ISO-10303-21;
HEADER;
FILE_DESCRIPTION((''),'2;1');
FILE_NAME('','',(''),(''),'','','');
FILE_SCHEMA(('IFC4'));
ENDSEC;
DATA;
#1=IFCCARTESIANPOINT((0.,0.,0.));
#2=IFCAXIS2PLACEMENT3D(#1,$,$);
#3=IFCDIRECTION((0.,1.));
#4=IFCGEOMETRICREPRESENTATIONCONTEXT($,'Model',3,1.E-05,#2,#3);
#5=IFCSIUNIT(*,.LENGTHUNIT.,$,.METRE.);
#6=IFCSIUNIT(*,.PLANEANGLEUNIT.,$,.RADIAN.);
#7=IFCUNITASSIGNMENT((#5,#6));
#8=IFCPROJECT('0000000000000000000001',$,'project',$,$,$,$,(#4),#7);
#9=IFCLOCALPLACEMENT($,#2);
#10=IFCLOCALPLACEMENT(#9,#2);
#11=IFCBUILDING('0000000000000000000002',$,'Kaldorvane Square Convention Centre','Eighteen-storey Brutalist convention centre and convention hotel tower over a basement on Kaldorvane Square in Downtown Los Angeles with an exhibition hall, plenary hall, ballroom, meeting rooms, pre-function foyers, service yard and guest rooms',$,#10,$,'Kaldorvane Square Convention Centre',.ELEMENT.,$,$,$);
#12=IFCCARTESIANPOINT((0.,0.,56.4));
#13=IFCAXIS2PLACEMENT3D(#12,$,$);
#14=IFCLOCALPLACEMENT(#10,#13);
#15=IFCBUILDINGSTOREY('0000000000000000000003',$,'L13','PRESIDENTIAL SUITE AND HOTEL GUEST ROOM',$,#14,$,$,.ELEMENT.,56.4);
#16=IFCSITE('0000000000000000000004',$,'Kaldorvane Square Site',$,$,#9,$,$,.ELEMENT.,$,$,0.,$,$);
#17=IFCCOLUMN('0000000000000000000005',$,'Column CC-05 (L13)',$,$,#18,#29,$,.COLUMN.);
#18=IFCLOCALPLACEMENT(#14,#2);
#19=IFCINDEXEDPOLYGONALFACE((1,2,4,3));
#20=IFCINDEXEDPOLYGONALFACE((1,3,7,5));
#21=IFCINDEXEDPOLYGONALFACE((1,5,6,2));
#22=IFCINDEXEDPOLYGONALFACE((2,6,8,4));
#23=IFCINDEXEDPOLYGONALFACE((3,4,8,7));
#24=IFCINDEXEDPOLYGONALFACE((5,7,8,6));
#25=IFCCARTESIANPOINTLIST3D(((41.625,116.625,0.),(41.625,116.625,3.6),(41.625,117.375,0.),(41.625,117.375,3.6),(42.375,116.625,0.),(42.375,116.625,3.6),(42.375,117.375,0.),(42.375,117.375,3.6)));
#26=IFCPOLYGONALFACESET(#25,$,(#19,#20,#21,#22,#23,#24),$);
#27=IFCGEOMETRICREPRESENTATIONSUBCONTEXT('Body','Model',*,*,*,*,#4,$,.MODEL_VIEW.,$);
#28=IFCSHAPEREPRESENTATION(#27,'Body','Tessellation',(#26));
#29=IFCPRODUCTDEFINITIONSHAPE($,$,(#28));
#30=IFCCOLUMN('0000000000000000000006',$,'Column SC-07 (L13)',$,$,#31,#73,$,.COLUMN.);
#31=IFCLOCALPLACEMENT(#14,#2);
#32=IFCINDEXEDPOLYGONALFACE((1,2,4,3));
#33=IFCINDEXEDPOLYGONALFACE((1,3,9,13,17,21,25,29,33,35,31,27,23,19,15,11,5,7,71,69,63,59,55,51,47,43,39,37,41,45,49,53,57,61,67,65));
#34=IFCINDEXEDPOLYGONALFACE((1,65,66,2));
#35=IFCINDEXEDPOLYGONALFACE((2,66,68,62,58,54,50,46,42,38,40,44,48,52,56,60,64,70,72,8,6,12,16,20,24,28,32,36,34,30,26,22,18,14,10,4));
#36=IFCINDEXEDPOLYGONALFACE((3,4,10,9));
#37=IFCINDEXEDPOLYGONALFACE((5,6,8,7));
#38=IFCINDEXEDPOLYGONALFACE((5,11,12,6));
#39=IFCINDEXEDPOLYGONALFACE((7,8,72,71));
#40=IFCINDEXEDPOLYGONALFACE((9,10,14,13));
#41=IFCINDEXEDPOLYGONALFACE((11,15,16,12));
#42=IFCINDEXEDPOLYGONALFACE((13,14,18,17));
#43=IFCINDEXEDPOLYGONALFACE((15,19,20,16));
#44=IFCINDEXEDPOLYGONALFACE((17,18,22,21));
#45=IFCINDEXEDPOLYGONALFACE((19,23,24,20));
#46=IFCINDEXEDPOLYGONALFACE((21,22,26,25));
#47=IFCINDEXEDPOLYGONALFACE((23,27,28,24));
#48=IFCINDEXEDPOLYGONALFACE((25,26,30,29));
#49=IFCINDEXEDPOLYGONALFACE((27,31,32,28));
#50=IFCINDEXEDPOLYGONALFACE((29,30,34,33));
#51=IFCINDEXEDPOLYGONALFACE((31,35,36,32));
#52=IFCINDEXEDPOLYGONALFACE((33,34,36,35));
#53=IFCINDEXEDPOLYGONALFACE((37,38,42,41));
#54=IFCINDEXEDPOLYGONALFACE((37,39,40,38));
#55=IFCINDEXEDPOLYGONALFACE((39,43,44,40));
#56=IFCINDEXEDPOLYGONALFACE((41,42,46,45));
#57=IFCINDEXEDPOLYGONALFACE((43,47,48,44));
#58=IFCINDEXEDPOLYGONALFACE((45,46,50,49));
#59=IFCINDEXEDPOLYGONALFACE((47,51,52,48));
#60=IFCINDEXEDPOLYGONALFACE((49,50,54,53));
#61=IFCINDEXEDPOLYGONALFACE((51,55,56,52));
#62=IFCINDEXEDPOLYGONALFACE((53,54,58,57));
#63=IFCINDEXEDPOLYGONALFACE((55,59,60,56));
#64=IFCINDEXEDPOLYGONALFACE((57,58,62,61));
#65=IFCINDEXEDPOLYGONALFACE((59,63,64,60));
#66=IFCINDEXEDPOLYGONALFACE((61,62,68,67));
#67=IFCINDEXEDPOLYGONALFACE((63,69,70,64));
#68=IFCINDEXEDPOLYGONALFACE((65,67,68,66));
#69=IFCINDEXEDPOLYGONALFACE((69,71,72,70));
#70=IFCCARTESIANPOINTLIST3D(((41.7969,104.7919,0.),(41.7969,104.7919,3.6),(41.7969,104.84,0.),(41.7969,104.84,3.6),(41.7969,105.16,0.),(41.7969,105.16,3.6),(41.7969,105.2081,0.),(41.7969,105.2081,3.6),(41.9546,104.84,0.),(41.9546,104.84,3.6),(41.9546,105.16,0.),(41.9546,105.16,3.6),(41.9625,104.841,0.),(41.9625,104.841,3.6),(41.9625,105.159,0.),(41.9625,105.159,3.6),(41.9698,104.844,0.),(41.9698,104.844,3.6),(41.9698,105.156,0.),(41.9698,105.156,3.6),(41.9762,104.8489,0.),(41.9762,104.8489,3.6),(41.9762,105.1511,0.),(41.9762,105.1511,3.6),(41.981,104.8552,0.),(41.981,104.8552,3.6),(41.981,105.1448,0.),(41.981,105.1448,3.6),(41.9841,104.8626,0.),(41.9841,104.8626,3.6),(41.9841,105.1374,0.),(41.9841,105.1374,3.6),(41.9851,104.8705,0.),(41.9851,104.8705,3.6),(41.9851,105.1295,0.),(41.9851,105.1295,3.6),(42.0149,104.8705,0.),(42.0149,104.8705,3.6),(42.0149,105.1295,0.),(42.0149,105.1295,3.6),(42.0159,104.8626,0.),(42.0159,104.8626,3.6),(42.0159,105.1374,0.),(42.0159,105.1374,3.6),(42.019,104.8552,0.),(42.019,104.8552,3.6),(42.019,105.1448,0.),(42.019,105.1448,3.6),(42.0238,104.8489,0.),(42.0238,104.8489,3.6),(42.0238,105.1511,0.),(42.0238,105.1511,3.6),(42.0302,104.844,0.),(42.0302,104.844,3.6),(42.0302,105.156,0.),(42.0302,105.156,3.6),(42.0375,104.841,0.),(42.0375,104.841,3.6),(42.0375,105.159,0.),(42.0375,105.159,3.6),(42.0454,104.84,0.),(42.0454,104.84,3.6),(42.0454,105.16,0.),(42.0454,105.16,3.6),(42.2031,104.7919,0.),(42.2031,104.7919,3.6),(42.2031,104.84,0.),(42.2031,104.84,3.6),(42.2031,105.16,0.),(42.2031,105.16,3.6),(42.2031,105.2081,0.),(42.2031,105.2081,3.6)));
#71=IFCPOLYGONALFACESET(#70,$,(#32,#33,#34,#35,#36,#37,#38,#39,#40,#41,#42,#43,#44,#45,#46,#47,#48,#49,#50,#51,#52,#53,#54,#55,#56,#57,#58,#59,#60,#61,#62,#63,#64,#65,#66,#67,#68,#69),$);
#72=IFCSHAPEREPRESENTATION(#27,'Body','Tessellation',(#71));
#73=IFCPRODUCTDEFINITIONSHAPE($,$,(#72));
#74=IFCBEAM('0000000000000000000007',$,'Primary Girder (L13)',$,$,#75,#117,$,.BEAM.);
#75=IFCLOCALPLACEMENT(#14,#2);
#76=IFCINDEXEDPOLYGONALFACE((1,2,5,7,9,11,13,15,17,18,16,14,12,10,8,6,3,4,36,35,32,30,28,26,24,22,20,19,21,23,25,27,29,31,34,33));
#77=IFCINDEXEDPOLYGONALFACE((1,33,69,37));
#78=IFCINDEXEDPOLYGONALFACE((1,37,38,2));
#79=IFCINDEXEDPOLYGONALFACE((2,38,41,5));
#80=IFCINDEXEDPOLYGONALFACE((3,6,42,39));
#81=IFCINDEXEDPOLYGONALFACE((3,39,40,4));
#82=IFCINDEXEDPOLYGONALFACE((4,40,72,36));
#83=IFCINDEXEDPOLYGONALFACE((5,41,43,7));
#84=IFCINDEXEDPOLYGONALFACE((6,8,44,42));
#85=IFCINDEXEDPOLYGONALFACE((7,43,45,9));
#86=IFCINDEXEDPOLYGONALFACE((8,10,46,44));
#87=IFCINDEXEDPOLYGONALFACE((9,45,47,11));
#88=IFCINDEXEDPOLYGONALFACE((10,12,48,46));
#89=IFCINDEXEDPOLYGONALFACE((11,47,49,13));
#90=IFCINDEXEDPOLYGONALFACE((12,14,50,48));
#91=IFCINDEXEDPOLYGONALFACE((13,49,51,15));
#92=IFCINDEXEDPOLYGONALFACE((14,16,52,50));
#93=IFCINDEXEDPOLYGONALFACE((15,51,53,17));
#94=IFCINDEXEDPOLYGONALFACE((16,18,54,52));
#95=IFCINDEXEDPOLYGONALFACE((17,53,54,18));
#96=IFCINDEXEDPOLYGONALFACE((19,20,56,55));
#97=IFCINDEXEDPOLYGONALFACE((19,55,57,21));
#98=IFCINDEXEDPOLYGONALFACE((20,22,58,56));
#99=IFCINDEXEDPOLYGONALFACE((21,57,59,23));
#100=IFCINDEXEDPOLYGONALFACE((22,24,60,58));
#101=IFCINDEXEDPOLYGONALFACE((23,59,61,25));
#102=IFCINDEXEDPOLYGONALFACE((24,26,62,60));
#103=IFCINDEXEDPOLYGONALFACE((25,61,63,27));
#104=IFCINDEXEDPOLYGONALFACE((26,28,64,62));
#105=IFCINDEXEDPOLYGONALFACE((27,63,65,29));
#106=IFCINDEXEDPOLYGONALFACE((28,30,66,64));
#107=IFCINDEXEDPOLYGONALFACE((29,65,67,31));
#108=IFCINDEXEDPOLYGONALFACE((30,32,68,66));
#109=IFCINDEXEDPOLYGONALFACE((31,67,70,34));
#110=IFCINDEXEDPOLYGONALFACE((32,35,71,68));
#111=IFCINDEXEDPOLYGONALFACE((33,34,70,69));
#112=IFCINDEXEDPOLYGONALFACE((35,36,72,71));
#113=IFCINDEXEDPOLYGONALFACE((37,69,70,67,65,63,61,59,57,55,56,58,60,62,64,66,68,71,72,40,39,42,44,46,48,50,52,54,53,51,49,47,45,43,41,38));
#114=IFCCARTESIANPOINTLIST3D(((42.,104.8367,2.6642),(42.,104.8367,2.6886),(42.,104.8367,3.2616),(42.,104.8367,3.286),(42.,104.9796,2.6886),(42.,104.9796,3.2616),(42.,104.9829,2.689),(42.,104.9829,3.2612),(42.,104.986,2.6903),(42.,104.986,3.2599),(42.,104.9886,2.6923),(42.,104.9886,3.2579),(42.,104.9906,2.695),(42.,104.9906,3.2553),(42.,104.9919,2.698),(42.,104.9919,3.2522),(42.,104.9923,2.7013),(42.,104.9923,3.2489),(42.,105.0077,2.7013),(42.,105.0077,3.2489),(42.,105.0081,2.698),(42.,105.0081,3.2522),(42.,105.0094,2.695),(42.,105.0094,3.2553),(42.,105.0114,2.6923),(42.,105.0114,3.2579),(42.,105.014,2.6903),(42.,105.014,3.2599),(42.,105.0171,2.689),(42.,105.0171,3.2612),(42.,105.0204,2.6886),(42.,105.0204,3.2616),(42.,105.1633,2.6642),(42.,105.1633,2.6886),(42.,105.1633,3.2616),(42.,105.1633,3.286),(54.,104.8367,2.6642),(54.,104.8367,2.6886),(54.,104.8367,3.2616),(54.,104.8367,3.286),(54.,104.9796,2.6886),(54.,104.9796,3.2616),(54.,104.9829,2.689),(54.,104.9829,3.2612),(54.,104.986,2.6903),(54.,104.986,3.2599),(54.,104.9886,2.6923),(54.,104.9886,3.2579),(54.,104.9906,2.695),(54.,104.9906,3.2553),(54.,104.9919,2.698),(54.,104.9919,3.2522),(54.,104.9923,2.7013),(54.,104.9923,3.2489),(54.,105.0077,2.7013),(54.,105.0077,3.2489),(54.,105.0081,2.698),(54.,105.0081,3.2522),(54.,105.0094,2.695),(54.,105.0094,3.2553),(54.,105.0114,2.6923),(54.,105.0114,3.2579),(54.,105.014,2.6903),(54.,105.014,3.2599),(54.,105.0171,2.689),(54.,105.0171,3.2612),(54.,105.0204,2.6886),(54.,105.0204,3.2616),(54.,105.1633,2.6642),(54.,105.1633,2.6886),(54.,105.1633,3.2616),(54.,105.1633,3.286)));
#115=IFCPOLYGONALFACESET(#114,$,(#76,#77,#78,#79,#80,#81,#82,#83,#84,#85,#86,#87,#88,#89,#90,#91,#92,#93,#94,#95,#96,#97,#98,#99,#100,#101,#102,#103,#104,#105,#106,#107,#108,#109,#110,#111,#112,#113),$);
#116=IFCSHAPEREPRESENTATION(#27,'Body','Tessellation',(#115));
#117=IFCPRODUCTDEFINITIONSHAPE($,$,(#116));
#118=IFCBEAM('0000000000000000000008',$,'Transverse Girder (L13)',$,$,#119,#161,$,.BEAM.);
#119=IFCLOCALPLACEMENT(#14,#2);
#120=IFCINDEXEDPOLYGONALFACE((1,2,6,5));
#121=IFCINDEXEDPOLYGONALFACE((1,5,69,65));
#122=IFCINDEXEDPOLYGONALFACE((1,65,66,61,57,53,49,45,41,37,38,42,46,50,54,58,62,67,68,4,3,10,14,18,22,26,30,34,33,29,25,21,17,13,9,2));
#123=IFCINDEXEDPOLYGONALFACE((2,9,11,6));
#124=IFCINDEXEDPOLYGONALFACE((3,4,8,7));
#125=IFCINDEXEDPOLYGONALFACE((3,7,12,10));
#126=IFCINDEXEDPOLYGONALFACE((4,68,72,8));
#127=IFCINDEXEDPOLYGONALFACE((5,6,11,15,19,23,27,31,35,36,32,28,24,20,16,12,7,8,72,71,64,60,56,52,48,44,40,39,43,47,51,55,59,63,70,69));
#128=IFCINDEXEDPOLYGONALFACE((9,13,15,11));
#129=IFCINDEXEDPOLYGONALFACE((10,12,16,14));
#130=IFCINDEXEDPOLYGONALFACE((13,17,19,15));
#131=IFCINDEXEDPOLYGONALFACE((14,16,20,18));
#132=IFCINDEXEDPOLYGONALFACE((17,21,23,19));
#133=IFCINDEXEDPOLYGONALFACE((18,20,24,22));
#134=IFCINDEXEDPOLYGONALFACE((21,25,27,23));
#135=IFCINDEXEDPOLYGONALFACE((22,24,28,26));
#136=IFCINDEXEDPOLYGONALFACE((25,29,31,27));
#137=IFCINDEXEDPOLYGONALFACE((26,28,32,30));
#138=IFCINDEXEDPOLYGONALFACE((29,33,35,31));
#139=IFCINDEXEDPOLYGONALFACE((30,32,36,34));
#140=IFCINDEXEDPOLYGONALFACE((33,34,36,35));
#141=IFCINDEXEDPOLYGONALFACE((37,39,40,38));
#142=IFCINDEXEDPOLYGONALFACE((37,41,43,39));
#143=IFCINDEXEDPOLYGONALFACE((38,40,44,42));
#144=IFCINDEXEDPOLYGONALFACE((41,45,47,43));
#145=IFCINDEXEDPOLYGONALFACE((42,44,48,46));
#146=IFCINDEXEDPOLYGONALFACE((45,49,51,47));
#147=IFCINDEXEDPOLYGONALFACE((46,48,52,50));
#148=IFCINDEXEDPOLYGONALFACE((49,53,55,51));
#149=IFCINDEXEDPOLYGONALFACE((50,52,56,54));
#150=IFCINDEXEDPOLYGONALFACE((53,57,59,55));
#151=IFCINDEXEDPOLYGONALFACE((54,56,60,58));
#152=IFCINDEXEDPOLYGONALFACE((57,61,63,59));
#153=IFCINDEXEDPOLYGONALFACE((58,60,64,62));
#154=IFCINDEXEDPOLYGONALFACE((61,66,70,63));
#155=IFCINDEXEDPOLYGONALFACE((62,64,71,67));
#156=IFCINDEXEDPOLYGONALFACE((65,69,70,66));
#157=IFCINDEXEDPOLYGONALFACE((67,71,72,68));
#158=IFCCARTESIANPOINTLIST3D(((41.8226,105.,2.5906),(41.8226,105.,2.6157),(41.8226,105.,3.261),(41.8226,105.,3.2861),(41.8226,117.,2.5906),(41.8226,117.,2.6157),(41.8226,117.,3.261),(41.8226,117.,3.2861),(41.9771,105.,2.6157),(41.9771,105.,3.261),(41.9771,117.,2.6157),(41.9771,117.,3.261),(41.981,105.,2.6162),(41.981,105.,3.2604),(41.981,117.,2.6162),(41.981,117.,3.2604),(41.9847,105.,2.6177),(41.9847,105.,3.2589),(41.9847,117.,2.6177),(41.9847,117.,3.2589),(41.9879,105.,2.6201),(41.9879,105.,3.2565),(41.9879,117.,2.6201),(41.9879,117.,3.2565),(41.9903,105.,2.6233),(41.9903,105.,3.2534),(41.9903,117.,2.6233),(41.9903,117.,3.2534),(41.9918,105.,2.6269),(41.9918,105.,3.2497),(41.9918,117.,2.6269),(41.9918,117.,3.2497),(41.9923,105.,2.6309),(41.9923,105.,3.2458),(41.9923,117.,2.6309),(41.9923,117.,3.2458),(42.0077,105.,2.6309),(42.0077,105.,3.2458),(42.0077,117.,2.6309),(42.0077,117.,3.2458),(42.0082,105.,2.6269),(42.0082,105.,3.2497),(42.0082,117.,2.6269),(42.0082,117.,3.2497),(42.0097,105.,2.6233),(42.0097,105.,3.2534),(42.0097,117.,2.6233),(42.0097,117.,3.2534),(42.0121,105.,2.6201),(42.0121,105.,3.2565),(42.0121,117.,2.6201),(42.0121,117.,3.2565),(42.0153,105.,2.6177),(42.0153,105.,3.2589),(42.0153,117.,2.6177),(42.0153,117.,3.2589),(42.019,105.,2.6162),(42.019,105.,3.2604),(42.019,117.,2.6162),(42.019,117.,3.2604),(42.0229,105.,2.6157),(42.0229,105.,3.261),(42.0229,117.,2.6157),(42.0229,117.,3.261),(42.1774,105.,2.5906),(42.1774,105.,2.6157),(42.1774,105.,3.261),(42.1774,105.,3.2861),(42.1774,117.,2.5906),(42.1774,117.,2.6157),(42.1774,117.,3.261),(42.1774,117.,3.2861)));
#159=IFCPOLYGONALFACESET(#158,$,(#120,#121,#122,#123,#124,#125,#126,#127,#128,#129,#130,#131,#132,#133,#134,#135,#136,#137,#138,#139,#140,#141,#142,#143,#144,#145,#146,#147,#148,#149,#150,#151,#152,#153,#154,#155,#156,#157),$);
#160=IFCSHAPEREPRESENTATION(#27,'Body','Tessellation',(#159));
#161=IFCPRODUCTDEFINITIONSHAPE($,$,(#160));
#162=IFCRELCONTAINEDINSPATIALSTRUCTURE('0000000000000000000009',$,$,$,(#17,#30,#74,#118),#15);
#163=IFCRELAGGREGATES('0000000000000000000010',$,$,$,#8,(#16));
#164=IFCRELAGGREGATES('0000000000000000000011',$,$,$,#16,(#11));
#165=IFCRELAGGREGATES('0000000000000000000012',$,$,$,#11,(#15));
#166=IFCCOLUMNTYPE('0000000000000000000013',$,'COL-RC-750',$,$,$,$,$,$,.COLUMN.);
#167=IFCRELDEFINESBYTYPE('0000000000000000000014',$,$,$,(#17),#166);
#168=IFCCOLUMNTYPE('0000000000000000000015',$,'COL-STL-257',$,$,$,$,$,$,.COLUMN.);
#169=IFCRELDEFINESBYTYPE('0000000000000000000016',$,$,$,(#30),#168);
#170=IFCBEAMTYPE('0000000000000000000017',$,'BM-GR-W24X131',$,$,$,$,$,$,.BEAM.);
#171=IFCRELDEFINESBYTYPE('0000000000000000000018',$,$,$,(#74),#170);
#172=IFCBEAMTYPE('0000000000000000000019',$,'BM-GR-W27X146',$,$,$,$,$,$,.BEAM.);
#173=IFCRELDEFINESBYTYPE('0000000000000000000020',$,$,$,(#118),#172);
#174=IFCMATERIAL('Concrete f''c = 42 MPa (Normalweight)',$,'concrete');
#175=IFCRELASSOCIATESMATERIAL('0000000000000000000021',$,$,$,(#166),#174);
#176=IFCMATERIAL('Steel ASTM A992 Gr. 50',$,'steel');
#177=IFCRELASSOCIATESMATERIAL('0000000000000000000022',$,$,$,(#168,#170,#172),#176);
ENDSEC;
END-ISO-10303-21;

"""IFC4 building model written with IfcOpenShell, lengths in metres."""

from ifc_helpers import new_model, si_unit, direction, frame, origin, origin_2d, place, context, subcontext, project, spatial, rectangle, i_section, extrude, material, material_profile, profile_set, type_object, element, save


model = new_model("IFC4")

# Units and contexts
model_context = context("Model", 3, precision=1e-05, world=origin(), true_north=direction((0.0, 1.0)))
body_context = subcontext(model_context, "Body", "Model", "MODEL_VIEW")
ifc_project = project(units=[si_unit("LENGTHUNIT", "METRE"), si_unit("PLANEANGLEUNIT", "RADIAN")], contexts=[model_context])

# Site, building, storey
site_placement = place(None, origin())
site = spatial("IfcSite", under=ifc_project, at=site_placement, Name="Kaldorvane Square Site", CompositionType="ELEMENT", RefElevation=0.0)
building_placement = place(site_placement, origin())
building = spatial("IfcBuilding", under=site, at=building_placement, Name="Kaldorvane Square Convention Centre", Description="Eighteen-storey Brutalist convention centre and convention hotel tower over a basement on Kaldorvane Square in Downtown Los Angeles with an exhibition hall, plenary hall, ballroom, meeting rooms, pre-function foyers, service yard and guest rooms", LongName="Kaldorvane Square Convention Centre", CompositionType="ELEMENT")
storey_placement = place(building_placement, frame((0.0, 0.0, 56.4)))
storey = spatial("IfcBuildingStorey", under=building, at=storey_placement, Name="L13", Description="PRESIDENTIAL SUITE AND HOTEL GUEST ROOM", CompositionType="ELEMENT", Elevation=56.4)

# Columns
ifc_material_1 = material(Name="Concrete f'c = 42 MPa (Normalweight)", Category="concrete")
ifc_material_profile_1 = material_profile(ifc_material_1, rectangle(XDim=0.75, YDim=0.75, at=origin_2d()), Name="RC750X750")
ifc_profile_set_1 = profile_set([ifc_material_profile_1], Name="Concrete f'c = 42 MPa (Normalweight)")
column_type_1 = type_object("IfcColumnType", Name="COL-RC-750", PredefinedType="COLUMN", material=ifc_profile_set_1)
column_1_placement = place(storey_placement, frame((42.0, 117.0, 0.0), z_axis=(0.0, 0.0, 1.0), x_axis=(1.0, 0.0, 0.0)))
element("IfcColumn", 1, at=column_1_placement, inside=storey, type_object=column_type_1, Name="Column CC-05 (L13)", PredefinedType="COLUMN", context=body_context, shape_type="SweptSolid", body=[
    extrude(rectangle(XDim=0.75, YDim=0.75, at=origin_2d()), origin(), (0.0, 0.0, 1.0), 3.6),
])
ifc_material_2 = material(Name="Steel ASTM A992 Gr. 50", Category="steel")
ifc_material_profile_2 = material_profile(ifc_material_2, i_section(OverallWidth=0.4063, OverallDepth=0.4161, WebThickness=0.0298, FlangeThickness=0.048, FilletRadius=0.0305, at=origin_2d()), Name="W14X257")
ifc_profile_set_2 = profile_set([ifc_material_profile_2], Name="Steel ASTM A992 Gr. 50")
column_type_2 = type_object("IfcColumnType", Name="COL-STL-257", PredefinedType="COLUMN", material=ifc_profile_set_2)
column_2_placement = place(storey_placement, frame((42.0, 105.0, 0.0), z_axis=(0.0, 0.0, 1.0), x_axis=(1.0, 0.0, 0.0)))
element("IfcColumn", 2, at=column_2_placement, inside=storey, type_object=column_type_2, Name="Column SC-07 (L13)", PredefinedType="COLUMN", context=body_context, shape_type="SweptSolid", body=[
    extrude(i_section(OverallWidth=0.4063, OverallDepth=0.4161, WebThickness=0.0298, FlangeThickness=0.048, FilletRadius=0.0305, at=origin_2d()), origin(), (0.0, 0.0, 1.0), 3.6),
])

# Beams
ifc_material_profile_3 = material_profile(ifc_material_2, i_section(OverallWidth=0.3265, OverallDepth=0.6218, WebThickness=0.0154, FlangeThickness=0.0244, FilletRadius=0.0127, at=origin_2d()), Name="W24X131")
ifc_profile_set_3 = profile_set([ifc_material_profile_3], Name="Steel ASTM A992 Gr. 50")
beam_type_1 = type_object("IfcBeamType", Name="BM-GR-W24X131", PredefinedType="BEAM", material=ifc_profile_set_3)
beam_1_placement = place(storey_placement, frame((42.0, 105.0, 2.9751), z_axis=(1.0, 0.0, 0.0), x_axis=(0.0, 1.0, 0.0)))
element("IfcBeam", 3, at=beam_1_placement, inside=storey, type_object=beam_type_1, Name="Primary Girder (L13)", PredefinedType="BEAM", context=body_context, shape_type="SweptSolid", body=[
    extrude(i_section(OverallWidth=0.3265, OverallDepth=0.6218, WebThickness=0.0154, FlangeThickness=0.0244, FilletRadius=0.0127, at=origin_2d()), origin(), (0.0, 0.0, 1.0), 12.0),
])
ifc_material_profile_4 = material_profile(ifc_material_2, i_section(OverallWidth=0.3547, OverallDepth=0.6955, WebThickness=0.0154, FlangeThickness=0.0251, FilletRadius=0.0152, at=origin_2d()), Name="W27X146")
ifc_profile_set_4 = profile_set([ifc_material_profile_4], Name="Steel ASTM A992 Gr. 50")
beam_type_2 = type_object("IfcBeamType", Name="BM-GR-W27X146", PredefinedType="BEAM", material=ifc_profile_set_4)
beam_2_placement = place(storey_placement, frame((42.0, 105.0, 2.9383), z_axis=(0.0, 1.0, 0.0), x_axis=(-1.0, 0.0, 0.0)))
element("IfcBeam", 4, at=beam_2_placement, inside=storey, type_object=beam_type_2, Name="Transverse Girder (L13)", PredefinedType="BEAM", context=body_context, shape_type="SweptSolid", body=[
    extrude(i_section(OverallWidth=0.3547, OverallDepth=0.6955, WebThickness=0.0154, FlangeThickness=0.0251, FilletRadius=0.0152, at=origin_2d()), origin(), (0.0, 0.0, 1.0), 12.0),
])

save(model, "model.ifc")
